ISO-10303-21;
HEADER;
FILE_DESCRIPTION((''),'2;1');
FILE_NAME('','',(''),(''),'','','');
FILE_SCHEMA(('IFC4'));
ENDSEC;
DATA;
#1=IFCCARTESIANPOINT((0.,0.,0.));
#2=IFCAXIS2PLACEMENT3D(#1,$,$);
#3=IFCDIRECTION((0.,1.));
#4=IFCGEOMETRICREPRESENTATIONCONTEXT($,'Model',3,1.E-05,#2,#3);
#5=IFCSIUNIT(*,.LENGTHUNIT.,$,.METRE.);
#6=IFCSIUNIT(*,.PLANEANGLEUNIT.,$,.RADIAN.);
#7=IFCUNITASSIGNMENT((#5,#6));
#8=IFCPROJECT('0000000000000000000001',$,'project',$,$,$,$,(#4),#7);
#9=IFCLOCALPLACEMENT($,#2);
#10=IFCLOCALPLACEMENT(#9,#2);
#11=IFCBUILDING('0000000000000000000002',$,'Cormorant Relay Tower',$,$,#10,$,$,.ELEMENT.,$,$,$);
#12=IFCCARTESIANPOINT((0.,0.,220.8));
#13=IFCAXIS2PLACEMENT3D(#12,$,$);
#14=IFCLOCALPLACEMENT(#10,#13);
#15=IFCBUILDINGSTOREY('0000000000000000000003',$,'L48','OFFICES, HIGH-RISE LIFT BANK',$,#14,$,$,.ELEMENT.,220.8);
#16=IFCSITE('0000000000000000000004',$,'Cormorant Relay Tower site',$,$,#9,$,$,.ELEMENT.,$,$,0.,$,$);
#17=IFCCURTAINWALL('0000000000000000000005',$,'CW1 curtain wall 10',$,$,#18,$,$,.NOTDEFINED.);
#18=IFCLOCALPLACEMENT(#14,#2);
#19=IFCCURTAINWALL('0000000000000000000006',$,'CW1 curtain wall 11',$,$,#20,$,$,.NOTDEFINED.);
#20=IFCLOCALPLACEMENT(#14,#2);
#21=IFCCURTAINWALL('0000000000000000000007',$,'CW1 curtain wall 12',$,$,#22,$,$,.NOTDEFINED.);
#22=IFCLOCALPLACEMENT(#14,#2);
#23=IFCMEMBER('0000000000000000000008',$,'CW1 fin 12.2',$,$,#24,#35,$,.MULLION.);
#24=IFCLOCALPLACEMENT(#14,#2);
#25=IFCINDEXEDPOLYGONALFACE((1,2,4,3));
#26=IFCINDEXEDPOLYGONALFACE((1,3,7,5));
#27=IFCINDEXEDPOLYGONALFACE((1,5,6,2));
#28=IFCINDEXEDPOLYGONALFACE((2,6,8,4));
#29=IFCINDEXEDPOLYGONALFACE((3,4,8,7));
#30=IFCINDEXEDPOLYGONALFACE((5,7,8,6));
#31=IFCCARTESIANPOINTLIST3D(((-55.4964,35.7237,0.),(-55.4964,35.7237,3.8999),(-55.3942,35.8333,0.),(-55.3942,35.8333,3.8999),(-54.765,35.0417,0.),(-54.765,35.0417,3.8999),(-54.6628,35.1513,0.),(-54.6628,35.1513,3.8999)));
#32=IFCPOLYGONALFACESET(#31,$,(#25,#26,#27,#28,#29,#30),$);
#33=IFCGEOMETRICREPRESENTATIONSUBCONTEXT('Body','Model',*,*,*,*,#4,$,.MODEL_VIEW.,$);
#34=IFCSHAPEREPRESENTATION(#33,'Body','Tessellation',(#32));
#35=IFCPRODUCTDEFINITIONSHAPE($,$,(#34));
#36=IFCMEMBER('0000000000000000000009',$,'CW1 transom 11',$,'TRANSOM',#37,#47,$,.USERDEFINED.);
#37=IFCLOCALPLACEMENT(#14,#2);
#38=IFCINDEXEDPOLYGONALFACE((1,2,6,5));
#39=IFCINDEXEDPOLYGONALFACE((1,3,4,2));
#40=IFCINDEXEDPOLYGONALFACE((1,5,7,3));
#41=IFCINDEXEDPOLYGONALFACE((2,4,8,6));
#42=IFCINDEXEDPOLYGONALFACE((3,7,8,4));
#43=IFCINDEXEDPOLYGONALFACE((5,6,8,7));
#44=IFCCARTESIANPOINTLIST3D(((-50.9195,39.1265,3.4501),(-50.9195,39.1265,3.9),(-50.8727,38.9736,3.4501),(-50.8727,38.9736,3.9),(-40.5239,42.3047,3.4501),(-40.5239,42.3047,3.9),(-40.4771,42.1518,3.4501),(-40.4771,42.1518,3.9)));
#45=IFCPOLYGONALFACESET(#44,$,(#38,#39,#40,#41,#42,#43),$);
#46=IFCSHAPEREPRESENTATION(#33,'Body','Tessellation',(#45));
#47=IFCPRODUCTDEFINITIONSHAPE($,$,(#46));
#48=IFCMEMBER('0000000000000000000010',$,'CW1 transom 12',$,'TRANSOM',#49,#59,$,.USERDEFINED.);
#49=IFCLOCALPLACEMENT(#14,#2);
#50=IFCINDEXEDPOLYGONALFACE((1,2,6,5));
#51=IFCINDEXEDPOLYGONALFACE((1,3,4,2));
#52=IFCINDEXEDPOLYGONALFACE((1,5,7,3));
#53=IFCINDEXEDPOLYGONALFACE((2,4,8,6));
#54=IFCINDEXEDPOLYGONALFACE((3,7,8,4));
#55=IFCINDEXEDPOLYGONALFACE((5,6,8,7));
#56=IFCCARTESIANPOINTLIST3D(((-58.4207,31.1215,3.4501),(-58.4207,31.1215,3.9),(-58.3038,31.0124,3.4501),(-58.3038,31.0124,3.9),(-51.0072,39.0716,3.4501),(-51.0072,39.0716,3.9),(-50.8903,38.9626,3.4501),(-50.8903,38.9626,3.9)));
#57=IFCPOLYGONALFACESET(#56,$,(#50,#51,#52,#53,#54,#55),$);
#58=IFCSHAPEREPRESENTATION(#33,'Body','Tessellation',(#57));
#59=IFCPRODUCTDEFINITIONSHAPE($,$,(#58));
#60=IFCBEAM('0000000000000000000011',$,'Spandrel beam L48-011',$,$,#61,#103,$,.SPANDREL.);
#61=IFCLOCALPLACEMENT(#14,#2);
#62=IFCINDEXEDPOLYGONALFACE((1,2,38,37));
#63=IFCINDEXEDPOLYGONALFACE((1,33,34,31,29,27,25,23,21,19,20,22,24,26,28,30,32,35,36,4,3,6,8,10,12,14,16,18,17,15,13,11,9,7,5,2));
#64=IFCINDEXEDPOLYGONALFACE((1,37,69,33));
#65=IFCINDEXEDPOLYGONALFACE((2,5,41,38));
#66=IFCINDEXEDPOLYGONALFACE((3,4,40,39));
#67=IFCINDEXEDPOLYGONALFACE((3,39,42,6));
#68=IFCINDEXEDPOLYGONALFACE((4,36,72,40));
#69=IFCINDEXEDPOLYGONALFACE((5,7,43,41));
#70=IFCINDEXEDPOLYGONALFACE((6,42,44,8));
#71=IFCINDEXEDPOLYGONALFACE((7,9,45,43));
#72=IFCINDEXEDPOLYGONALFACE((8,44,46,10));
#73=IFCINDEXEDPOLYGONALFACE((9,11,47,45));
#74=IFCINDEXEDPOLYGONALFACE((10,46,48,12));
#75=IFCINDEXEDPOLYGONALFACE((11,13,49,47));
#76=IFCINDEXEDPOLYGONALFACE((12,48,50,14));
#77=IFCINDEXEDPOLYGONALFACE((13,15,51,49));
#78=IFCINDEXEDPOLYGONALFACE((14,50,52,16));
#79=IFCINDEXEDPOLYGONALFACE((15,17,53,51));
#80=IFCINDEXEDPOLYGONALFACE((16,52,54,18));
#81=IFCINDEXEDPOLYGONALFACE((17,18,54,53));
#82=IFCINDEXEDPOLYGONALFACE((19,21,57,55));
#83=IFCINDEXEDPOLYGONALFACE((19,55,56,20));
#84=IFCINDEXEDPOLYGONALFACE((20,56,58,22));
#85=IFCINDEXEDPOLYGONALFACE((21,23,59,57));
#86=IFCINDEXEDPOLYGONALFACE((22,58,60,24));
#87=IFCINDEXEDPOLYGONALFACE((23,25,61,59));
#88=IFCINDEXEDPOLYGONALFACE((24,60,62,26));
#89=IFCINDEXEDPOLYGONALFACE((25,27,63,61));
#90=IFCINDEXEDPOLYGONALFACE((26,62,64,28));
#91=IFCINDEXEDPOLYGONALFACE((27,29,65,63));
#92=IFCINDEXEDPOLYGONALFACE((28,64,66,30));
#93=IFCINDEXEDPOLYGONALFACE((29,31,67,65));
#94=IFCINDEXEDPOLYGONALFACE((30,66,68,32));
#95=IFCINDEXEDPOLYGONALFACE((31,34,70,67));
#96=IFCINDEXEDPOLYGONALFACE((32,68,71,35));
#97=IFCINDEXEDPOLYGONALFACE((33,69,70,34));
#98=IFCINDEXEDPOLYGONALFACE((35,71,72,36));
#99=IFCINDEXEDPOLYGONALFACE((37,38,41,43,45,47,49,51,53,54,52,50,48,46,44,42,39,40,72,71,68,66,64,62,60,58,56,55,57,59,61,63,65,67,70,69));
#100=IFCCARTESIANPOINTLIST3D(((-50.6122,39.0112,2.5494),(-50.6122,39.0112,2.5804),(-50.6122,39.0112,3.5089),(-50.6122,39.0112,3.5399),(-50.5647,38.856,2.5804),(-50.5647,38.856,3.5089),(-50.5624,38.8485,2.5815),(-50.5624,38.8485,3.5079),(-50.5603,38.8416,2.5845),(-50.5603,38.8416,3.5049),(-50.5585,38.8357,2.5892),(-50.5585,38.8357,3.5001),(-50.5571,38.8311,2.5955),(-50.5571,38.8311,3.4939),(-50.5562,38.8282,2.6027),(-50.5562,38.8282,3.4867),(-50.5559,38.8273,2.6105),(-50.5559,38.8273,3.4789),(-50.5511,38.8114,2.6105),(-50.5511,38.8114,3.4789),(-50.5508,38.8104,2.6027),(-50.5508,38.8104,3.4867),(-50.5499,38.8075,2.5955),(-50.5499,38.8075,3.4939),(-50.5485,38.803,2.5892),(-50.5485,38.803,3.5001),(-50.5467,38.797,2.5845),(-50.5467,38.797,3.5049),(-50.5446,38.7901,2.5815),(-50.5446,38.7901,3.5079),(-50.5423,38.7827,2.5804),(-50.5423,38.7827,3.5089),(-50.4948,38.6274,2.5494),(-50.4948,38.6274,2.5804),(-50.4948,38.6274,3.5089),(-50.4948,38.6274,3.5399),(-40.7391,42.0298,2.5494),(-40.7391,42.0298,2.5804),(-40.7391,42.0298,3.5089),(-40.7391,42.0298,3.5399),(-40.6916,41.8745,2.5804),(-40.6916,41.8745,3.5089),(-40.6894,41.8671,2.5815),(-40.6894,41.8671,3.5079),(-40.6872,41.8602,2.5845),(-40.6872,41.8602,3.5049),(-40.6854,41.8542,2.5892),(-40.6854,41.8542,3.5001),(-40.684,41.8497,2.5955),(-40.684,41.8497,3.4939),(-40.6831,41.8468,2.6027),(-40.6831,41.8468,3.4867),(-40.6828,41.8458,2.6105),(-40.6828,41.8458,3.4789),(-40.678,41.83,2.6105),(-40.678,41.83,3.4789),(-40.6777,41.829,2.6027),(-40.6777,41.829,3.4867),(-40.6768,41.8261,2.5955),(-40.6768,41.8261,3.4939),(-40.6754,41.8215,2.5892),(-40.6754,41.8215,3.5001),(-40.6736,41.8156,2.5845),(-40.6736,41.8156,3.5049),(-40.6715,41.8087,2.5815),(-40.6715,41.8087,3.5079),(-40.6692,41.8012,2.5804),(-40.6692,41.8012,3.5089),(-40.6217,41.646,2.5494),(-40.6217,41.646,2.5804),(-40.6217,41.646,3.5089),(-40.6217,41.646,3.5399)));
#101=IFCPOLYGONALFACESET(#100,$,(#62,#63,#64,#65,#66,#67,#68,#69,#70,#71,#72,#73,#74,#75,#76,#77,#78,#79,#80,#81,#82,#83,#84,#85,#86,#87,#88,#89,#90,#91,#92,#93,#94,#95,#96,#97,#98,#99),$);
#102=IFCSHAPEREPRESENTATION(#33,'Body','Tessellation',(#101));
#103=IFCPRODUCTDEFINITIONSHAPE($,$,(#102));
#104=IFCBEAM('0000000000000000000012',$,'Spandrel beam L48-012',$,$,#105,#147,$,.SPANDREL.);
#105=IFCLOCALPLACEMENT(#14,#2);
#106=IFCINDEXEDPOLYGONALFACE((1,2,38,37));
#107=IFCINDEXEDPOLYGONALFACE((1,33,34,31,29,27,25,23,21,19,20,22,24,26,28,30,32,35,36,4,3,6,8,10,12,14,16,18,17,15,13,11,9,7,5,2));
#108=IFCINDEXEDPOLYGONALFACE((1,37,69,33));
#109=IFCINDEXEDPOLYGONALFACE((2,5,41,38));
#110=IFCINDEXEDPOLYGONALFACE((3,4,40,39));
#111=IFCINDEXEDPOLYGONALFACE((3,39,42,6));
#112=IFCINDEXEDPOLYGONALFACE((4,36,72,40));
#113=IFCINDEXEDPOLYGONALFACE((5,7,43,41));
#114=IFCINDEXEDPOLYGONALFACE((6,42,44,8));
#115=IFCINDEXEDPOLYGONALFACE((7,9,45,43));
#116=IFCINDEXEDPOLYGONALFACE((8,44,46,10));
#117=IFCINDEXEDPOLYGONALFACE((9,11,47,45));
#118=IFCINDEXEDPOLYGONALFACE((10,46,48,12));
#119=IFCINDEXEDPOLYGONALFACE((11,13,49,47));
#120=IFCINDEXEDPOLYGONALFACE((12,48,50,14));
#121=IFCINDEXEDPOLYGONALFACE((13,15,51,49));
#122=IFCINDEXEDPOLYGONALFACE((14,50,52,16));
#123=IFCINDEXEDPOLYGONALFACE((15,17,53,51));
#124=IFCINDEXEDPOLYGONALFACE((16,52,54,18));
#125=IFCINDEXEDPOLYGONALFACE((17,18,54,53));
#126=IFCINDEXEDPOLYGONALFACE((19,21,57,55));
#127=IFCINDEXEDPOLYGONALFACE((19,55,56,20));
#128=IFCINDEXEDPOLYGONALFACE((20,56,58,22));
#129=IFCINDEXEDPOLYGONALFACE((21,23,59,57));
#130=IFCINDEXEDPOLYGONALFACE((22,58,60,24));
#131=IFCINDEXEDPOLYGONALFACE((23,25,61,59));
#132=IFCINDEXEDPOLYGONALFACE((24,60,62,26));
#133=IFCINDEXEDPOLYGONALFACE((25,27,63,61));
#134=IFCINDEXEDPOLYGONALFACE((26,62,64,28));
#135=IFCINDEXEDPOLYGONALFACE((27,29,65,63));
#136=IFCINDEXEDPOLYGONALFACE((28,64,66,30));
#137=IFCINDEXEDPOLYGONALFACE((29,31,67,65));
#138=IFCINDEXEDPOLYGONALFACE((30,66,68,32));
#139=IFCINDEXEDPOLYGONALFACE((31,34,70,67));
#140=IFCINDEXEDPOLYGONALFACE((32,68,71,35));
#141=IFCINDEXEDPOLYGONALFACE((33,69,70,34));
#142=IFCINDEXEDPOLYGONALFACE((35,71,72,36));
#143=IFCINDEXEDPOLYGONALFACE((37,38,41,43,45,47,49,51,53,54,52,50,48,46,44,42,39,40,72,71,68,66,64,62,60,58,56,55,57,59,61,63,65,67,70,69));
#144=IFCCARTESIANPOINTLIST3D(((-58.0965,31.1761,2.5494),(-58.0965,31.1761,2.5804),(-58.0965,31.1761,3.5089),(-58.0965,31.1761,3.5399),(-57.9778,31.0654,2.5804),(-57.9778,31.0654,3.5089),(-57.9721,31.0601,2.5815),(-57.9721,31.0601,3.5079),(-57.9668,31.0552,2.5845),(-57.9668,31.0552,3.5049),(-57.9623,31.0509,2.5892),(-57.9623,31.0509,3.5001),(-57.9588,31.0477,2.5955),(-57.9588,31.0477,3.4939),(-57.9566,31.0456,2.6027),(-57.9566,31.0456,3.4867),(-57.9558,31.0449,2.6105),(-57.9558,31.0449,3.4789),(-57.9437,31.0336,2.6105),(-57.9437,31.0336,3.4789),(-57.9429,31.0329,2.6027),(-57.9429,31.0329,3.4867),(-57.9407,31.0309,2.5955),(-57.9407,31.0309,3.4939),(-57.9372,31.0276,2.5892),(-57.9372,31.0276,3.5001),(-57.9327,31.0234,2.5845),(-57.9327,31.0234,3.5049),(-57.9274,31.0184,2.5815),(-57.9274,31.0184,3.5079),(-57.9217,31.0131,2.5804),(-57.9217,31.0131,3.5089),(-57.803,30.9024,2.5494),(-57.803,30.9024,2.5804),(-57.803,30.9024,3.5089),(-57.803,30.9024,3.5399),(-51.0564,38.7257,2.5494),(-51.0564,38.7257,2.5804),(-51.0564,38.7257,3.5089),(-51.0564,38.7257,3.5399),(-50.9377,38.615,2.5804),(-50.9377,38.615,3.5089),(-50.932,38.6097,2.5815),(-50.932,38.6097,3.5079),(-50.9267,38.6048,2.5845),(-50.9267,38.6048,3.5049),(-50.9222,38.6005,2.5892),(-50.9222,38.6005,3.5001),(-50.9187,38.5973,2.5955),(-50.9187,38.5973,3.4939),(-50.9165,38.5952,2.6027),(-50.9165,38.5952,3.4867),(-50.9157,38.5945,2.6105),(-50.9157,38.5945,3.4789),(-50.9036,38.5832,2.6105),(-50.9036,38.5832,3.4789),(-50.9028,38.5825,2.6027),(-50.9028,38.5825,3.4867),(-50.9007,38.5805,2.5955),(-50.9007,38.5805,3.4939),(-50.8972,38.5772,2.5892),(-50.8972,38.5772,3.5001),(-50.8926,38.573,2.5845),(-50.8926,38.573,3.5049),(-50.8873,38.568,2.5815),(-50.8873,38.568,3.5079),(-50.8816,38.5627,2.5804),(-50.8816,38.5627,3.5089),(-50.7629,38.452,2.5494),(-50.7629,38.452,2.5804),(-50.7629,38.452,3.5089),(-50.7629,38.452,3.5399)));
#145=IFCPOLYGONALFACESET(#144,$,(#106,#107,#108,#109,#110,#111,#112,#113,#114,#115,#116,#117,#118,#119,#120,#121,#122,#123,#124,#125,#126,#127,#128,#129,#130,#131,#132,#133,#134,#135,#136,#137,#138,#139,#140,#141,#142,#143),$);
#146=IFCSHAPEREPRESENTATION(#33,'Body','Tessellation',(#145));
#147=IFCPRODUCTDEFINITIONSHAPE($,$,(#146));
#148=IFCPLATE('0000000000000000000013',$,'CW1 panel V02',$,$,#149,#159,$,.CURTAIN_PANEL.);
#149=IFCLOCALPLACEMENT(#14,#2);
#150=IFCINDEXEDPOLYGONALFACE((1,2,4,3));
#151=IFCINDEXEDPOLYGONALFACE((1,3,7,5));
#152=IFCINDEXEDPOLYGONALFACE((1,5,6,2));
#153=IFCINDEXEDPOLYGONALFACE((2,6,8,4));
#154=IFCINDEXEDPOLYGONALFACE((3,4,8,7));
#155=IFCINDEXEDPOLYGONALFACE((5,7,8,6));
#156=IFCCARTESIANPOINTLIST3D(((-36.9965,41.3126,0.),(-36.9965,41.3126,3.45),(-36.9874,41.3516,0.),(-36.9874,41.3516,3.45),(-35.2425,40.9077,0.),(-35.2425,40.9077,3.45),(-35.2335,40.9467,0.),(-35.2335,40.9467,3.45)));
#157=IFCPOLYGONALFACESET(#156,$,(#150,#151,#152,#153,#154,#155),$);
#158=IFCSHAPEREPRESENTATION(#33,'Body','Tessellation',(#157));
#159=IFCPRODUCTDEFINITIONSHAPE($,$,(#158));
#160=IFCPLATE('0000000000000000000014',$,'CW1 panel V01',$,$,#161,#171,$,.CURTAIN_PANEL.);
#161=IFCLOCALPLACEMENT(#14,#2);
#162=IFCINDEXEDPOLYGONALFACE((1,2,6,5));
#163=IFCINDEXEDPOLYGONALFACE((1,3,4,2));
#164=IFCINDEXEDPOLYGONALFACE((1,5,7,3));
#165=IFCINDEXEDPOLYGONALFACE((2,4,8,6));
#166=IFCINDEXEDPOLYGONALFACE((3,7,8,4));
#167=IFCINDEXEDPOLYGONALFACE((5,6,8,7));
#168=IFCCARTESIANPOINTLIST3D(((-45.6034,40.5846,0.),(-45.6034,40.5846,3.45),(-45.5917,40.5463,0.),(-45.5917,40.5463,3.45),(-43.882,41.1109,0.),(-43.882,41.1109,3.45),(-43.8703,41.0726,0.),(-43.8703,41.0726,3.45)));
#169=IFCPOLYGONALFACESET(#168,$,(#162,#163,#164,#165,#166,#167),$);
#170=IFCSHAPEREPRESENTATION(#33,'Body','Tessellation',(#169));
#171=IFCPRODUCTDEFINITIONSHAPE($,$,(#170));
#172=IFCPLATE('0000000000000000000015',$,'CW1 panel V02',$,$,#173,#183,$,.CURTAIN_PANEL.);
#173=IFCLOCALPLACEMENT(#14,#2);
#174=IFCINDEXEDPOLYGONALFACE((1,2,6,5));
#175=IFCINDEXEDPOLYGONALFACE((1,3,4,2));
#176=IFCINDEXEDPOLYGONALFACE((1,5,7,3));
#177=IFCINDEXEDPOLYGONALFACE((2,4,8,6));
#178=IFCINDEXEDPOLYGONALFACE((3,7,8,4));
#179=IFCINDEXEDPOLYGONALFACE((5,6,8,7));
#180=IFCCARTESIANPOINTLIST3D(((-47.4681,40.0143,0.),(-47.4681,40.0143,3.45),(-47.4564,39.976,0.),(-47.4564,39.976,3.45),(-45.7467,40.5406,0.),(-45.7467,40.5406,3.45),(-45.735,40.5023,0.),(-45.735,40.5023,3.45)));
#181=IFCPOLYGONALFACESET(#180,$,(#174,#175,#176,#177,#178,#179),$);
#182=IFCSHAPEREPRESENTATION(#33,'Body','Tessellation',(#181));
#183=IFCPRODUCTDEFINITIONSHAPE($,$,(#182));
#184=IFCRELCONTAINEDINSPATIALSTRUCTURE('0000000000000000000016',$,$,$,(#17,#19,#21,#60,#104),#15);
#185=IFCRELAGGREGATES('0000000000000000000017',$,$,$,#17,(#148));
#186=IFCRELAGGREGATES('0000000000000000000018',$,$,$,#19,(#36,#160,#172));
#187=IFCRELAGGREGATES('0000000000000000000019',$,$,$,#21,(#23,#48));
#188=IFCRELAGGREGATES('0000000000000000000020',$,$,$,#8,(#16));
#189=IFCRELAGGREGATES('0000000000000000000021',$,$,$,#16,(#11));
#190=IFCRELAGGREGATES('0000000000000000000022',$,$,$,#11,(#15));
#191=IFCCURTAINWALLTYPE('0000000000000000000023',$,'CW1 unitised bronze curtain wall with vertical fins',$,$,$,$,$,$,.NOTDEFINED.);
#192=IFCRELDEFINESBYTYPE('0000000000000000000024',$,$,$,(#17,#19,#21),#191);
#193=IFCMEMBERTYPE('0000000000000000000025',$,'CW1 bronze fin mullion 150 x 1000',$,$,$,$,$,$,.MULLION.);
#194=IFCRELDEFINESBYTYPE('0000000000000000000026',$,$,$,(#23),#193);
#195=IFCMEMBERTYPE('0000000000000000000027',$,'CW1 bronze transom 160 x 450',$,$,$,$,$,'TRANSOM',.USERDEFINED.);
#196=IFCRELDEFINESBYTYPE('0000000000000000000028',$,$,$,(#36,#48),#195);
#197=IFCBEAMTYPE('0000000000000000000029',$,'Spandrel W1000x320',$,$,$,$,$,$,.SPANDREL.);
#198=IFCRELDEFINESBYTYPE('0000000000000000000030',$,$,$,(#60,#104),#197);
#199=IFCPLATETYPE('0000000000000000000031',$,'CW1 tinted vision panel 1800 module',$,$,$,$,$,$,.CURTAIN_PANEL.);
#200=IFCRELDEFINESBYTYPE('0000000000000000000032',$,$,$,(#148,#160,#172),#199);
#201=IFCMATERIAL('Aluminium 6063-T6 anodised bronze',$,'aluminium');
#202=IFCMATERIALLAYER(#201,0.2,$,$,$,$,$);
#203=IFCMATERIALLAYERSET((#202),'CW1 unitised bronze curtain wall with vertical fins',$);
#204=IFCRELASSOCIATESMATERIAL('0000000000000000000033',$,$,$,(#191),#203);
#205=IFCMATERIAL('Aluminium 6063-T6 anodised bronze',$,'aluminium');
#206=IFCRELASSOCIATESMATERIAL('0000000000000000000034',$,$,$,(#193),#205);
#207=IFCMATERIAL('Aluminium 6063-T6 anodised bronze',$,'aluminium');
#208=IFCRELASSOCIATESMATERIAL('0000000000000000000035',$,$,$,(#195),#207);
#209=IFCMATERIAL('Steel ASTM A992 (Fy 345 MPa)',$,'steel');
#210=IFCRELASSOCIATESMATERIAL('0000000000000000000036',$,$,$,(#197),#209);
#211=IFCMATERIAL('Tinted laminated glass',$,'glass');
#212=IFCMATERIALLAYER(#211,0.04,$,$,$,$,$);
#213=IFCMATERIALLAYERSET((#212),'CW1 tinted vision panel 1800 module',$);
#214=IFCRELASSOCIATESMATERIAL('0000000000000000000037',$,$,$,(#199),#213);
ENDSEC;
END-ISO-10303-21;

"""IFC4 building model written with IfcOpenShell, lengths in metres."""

from ifc_helpers import new_model, si_unit, direction, frame, origin, origin_2d, place, context, subcontext, project, spatial, rectangle, i_section, extrude, material, layer, layer_set, material_profile, profile_set, type_object, element, aggregate, save


model = new_model("IFC4")

# Units and contexts
model_context = context("Model", 3, precision=1e-05, world=origin(), true_north=direction((0.0, 1.0)))
body_context = subcontext(model_context, "Body", "Model", "MODEL_VIEW")
ifc_project = project(units=[si_unit("LENGTHUNIT", "METRE"), si_unit("PLANEANGLEUNIT", "RADIAN")], contexts=[model_context])

# Site, building, storey
site_placement = place(None, origin())
site = spatial("IfcSite", under=ifc_project, at=site_placement, Name="Cormorant Relay Tower site", CompositionType="ELEMENT", RefElevation=0.0)
building_placement = place(site_placement, origin())
building = spatial("IfcBuilding", under=site, at=building_placement, Name="Cormorant Relay Tower", CompositionType="ELEMENT")
storey_placement = place(building_placement, frame((0.0, 0.0, 220.8)))
storey = spatial("IfcBuildingStorey", under=building, at=storey_placement, Name="L48", Description="OFFICES, HIGH-RISE LIFT BANK", CompositionType="ELEMENT", Elevation=220.8)

# Curtain wall
ifc_material_1 = material(Name="Aluminium 6063-T6 anodised bronze", Category="aluminium")
ifc_layer_1 = layer(ifc_material_1, 0.2)
ifc_layer_set_1 = layer_set([ifc_layer_1], Name="CW1 unitised bronze curtain wall with vertical fins")
curtain_wall_type = type_object("IfcCurtainWallType", Name="CW1 unitised bronze curtain wall with vertical fins", PredefinedType="NOTDEFINED", material=ifc_layer_set_1)
curtain_wall_1_placement = place(storey_placement, origin())
curtain_wall_1 = element("IfcCurtainWall", 1, at=curtain_wall_1_placement, inside=storey, type_object=curtain_wall_type, Name="CW1 curtain wall 10", PredefinedType="NOTDEFINED")
ifc_material_2 = material(Name="Aluminium 6063-T6 anodised bronze", Category="aluminium")
ifc_material_profile_1 = material_profile(ifc_material_2, rectangle(XDim=0.1499, YDim=1.0, at=origin_2d()), Name="AL 150x1000")
ifc_profile_set_1 = profile_set([ifc_material_profile_1], Name="Aluminium 6063-T6 anodised bronze")
member_type_1 = type_object("IfcMemberType", Name="CW1 bronze fin mullion 150 x 1000", PredefinedType="MULLION", material=ifc_profile_set_1)

# Curtain walls, member
curtain_wall_2_placement = place(storey_placement, origin())
curtain_wall_2 = element("IfcCurtainWall", 2, at=curtain_wall_2_placement, inside=storey, type_object=curtain_wall_type, Name="CW1 curtain wall 11", PredefinedType="NOTDEFINED")
curtain_wall_3_placement = place(storey_placement, origin())
curtain_wall_3 = element("IfcCurtainWall", 3, at=curtain_wall_3_placement, inside=storey, type_object=curtain_wall_type, Name="CW1 curtain wall 12", PredefinedType="NOTDEFINED")
member_1_placement = place(storey_placement, frame((-55.0796, 35.4375, 0.0), z_axis=(0.0, 0.0, 1.0), x_axis=(-0.681998, -0.731354, 0.0)))
member_1 = element("IfcMember", 4, at=member_1_placement, type_object=member_type_1, Name="CW1 fin 12.2", PredefinedType="MULLION", context=body_context, shape_type="SweptSolid", body=[
    extrude(rectangle(XDim=0.1499, YDim=1.0, at=origin_2d()), origin(), (0.0, 0.0, 1.0), 3.8999),
])

# Members
ifc_material_3 = material(Name="Aluminium 6063-T6 anodised bronze", Category="aluminium")
ifc_material_profile_2 = material_profile(ifc_material_3, rectangle(XDim=0.1599, YDim=0.45, at=origin_2d()), Name="AL 160x450")
ifc_profile_set_2 = profile_set([ifc_material_profile_2], Name="Aluminium 6063-T6 anodised bronze")
member_type_2 = type_object("IfcMemberType", Name="CW1 bronze transom 160 x 450", ElementType="TRANSOM", PredefinedType="USERDEFINED", material=ifc_profile_set_2)
member_2_placement = place(storey_placement, frame((-40.5005, 42.2283, 3.675), z_axis=(-0.956305, -0.292371, 0.0), x_axis=(0.292371, -0.956305, 0.0)))
member_2 = element("IfcMember", 5, at=member_2_placement, type_object=member_type_2, Name="CW1 transom 11", ObjectType="TRANSOM", PredefinedType="USERDEFINED", context=body_context, shape_type="SweptSolid", body=[
    extrude(rectangle(XDim=0.1599, YDim=0.45, at=origin_2d()), origin(), (0.0, 0.0, 1.0), 10.8706),
])
member_3_placement = place(storey_placement, frame((-50.9487, 39.0171, 3.675), z_axis=(-0.681993, -0.731358, 0.0), x_axis=(0.731358, -0.681993, 0.0)))
member_3 = element("IfcMember", 6, at=member_3_placement, type_object=member_type_2, Name="CW1 transom 12", ObjectType="TRANSOM", PredefinedType="USERDEFINED", context=body_context, shape_type="SweptSolid", body=[
    extrude(rectangle(XDim=0.1599, YDim=0.45, at=origin_2d()), origin(), (0.0, 0.0, 1.0), 10.8704),
])

# Beams
ifc_material_4 = material(Name="Steel ASTM A992 (Fy 345 MPa)", Category="steel")
ifc_material_profile_3 = material_profile(ifc_material_4, i_section(OverallWidth=0.4014, OverallDepth=0.9905, WebThickness=0.0166, FlangeThickness=0.031, FilletRadius=0.03, at=origin_2d()), Name="W1000x320")
ifc_profile_set_3 = profile_set([ifc_material_profile_3], Name="Steel ASTM A992 (Fy 345 MPa)")
beam_type = type_object("IfcBeamType", Name="Spandrel W1000x320", PredefinedType="SPANDREL", material=ifc_profile_set_3)
beam_1_placement = place(storey_placement, frame((-40.6804, 41.8379, 3.0447), z_axis=(-0.956303, -0.292377, 0.0), x_axis=(0.292377, -0.956303, 0.0)))
element("IfcBeam", 7, at=beam_1_placement, inside=storey, type_object=beam_type, Name="Spandrel beam L48-011", PredefinedType="SPANDREL", context=body_context, shape_type="SweptSolid", body=[
    extrude(i_section(OverallWidth=0.4014, OverallDepth=0.9905, WebThickness=0.0166, FlangeThickness=0.031, FilletRadius=0.03, at=origin_2d()), origin(), (0.0, 0.0, 1.0), 10.3242),
])
beam_2_placement = place(storey_placement, frame((-50.9097, 38.5889, 3.0447), z_axis=(-0.681996, -0.731356, 0.0), x_axis=(0.731356, -0.681996, 0.0)))
element("IfcBeam", 8, at=beam_2_placement, inside=storey, type_object=beam_type, Name="Spandrel beam L48-012", PredefinedType="SPANDREL", context=body_context, shape_type="SweptSolid", body=[
    extrude(i_section(OverallWidth=0.4014, OverallDepth=0.9905, WebThickness=0.0166, FlangeThickness=0.031, FilletRadius=0.03, at=origin_2d()), origin(), (0.0, 0.0, 1.0), 10.3228),
])

# Plates
ifc_material_5 = material(Name="Tinted laminated glass", Category="glass")
ifc_layer_2 = layer(ifc_material_5, 0.04)
ifc_layer_set_2 = layer_set([ifc_layer_2], Name="CW1 tinted vision panel 1800 module")
plate_type_1 = type_object("IfcPlateType", Name="CW1 tinted vision panel 1800 module", PredefinedType="CURTAIN_PANEL", material=ifc_layer_set_2)
plate_1_placement = place(storey_placement, frame((-36.115, 41.1296, 0.0), z_axis=(0.0, 0.0, 1.0), x_axis=(-0.97437, 0.224951, 0.0)))
plate_1 = element("IfcPlate", 9, at=plate_1_placement, type_object=plate_type_1, Name="CW1 panel V02", PredefinedType="CURTAIN_PANEL", context=body_context, shape_type="SweptSolid", body=[
    extrude(rectangle(XDim=1.8, YDim=0.04, at=origin_2d()), origin(), (0.0, 0.0, 1.0), 3.45),
])
plate_2_placement = place(storey_placement, frame((-44.7368, 40.8286, 0.0), z_axis=(0.0, 0.0, 1.0), x_axis=(-0.956305, -0.292372, 0.0)))
plate_2 = element("IfcPlate", 10, at=plate_2_placement, type_object=plate_type_1, Name="CW1 panel V01", PredefinedType="CURTAIN_PANEL", context=body_context, shape_type="SweptSolid", body=[
    extrude(rectangle(XDim=1.8, YDim=0.04, at=origin_2d()), origin(), (0.0, 0.0, 1.0), 3.45),
])
plate_3_placement = place(storey_placement, frame((-46.6016, 40.2583, 0.0), z_axis=(0.0, 0.0, 1.0), x_axis=(-0.956305, -0.292372, 0.0)))
plate_3 = element("IfcPlate", 11, at=plate_3_placement, type_object=plate_type_1, Name="CW1 panel V02", PredefinedType="CURTAIN_PANEL", context=body_context, shape_type="SweptSolid", body=[
    extrude(rectangle(XDim=1.8, YDim=0.04, at=origin_2d()), origin(), (0.0, 0.0, 1.0), 3.45),
])

aggregate(curtain_wall_1, [plate_1])
aggregate(curtain_wall_2, [member_2, plate_2, plate_3])
aggregate(curtain_wall_3, [member_1, member_3])

save(model, "model.ifc")
